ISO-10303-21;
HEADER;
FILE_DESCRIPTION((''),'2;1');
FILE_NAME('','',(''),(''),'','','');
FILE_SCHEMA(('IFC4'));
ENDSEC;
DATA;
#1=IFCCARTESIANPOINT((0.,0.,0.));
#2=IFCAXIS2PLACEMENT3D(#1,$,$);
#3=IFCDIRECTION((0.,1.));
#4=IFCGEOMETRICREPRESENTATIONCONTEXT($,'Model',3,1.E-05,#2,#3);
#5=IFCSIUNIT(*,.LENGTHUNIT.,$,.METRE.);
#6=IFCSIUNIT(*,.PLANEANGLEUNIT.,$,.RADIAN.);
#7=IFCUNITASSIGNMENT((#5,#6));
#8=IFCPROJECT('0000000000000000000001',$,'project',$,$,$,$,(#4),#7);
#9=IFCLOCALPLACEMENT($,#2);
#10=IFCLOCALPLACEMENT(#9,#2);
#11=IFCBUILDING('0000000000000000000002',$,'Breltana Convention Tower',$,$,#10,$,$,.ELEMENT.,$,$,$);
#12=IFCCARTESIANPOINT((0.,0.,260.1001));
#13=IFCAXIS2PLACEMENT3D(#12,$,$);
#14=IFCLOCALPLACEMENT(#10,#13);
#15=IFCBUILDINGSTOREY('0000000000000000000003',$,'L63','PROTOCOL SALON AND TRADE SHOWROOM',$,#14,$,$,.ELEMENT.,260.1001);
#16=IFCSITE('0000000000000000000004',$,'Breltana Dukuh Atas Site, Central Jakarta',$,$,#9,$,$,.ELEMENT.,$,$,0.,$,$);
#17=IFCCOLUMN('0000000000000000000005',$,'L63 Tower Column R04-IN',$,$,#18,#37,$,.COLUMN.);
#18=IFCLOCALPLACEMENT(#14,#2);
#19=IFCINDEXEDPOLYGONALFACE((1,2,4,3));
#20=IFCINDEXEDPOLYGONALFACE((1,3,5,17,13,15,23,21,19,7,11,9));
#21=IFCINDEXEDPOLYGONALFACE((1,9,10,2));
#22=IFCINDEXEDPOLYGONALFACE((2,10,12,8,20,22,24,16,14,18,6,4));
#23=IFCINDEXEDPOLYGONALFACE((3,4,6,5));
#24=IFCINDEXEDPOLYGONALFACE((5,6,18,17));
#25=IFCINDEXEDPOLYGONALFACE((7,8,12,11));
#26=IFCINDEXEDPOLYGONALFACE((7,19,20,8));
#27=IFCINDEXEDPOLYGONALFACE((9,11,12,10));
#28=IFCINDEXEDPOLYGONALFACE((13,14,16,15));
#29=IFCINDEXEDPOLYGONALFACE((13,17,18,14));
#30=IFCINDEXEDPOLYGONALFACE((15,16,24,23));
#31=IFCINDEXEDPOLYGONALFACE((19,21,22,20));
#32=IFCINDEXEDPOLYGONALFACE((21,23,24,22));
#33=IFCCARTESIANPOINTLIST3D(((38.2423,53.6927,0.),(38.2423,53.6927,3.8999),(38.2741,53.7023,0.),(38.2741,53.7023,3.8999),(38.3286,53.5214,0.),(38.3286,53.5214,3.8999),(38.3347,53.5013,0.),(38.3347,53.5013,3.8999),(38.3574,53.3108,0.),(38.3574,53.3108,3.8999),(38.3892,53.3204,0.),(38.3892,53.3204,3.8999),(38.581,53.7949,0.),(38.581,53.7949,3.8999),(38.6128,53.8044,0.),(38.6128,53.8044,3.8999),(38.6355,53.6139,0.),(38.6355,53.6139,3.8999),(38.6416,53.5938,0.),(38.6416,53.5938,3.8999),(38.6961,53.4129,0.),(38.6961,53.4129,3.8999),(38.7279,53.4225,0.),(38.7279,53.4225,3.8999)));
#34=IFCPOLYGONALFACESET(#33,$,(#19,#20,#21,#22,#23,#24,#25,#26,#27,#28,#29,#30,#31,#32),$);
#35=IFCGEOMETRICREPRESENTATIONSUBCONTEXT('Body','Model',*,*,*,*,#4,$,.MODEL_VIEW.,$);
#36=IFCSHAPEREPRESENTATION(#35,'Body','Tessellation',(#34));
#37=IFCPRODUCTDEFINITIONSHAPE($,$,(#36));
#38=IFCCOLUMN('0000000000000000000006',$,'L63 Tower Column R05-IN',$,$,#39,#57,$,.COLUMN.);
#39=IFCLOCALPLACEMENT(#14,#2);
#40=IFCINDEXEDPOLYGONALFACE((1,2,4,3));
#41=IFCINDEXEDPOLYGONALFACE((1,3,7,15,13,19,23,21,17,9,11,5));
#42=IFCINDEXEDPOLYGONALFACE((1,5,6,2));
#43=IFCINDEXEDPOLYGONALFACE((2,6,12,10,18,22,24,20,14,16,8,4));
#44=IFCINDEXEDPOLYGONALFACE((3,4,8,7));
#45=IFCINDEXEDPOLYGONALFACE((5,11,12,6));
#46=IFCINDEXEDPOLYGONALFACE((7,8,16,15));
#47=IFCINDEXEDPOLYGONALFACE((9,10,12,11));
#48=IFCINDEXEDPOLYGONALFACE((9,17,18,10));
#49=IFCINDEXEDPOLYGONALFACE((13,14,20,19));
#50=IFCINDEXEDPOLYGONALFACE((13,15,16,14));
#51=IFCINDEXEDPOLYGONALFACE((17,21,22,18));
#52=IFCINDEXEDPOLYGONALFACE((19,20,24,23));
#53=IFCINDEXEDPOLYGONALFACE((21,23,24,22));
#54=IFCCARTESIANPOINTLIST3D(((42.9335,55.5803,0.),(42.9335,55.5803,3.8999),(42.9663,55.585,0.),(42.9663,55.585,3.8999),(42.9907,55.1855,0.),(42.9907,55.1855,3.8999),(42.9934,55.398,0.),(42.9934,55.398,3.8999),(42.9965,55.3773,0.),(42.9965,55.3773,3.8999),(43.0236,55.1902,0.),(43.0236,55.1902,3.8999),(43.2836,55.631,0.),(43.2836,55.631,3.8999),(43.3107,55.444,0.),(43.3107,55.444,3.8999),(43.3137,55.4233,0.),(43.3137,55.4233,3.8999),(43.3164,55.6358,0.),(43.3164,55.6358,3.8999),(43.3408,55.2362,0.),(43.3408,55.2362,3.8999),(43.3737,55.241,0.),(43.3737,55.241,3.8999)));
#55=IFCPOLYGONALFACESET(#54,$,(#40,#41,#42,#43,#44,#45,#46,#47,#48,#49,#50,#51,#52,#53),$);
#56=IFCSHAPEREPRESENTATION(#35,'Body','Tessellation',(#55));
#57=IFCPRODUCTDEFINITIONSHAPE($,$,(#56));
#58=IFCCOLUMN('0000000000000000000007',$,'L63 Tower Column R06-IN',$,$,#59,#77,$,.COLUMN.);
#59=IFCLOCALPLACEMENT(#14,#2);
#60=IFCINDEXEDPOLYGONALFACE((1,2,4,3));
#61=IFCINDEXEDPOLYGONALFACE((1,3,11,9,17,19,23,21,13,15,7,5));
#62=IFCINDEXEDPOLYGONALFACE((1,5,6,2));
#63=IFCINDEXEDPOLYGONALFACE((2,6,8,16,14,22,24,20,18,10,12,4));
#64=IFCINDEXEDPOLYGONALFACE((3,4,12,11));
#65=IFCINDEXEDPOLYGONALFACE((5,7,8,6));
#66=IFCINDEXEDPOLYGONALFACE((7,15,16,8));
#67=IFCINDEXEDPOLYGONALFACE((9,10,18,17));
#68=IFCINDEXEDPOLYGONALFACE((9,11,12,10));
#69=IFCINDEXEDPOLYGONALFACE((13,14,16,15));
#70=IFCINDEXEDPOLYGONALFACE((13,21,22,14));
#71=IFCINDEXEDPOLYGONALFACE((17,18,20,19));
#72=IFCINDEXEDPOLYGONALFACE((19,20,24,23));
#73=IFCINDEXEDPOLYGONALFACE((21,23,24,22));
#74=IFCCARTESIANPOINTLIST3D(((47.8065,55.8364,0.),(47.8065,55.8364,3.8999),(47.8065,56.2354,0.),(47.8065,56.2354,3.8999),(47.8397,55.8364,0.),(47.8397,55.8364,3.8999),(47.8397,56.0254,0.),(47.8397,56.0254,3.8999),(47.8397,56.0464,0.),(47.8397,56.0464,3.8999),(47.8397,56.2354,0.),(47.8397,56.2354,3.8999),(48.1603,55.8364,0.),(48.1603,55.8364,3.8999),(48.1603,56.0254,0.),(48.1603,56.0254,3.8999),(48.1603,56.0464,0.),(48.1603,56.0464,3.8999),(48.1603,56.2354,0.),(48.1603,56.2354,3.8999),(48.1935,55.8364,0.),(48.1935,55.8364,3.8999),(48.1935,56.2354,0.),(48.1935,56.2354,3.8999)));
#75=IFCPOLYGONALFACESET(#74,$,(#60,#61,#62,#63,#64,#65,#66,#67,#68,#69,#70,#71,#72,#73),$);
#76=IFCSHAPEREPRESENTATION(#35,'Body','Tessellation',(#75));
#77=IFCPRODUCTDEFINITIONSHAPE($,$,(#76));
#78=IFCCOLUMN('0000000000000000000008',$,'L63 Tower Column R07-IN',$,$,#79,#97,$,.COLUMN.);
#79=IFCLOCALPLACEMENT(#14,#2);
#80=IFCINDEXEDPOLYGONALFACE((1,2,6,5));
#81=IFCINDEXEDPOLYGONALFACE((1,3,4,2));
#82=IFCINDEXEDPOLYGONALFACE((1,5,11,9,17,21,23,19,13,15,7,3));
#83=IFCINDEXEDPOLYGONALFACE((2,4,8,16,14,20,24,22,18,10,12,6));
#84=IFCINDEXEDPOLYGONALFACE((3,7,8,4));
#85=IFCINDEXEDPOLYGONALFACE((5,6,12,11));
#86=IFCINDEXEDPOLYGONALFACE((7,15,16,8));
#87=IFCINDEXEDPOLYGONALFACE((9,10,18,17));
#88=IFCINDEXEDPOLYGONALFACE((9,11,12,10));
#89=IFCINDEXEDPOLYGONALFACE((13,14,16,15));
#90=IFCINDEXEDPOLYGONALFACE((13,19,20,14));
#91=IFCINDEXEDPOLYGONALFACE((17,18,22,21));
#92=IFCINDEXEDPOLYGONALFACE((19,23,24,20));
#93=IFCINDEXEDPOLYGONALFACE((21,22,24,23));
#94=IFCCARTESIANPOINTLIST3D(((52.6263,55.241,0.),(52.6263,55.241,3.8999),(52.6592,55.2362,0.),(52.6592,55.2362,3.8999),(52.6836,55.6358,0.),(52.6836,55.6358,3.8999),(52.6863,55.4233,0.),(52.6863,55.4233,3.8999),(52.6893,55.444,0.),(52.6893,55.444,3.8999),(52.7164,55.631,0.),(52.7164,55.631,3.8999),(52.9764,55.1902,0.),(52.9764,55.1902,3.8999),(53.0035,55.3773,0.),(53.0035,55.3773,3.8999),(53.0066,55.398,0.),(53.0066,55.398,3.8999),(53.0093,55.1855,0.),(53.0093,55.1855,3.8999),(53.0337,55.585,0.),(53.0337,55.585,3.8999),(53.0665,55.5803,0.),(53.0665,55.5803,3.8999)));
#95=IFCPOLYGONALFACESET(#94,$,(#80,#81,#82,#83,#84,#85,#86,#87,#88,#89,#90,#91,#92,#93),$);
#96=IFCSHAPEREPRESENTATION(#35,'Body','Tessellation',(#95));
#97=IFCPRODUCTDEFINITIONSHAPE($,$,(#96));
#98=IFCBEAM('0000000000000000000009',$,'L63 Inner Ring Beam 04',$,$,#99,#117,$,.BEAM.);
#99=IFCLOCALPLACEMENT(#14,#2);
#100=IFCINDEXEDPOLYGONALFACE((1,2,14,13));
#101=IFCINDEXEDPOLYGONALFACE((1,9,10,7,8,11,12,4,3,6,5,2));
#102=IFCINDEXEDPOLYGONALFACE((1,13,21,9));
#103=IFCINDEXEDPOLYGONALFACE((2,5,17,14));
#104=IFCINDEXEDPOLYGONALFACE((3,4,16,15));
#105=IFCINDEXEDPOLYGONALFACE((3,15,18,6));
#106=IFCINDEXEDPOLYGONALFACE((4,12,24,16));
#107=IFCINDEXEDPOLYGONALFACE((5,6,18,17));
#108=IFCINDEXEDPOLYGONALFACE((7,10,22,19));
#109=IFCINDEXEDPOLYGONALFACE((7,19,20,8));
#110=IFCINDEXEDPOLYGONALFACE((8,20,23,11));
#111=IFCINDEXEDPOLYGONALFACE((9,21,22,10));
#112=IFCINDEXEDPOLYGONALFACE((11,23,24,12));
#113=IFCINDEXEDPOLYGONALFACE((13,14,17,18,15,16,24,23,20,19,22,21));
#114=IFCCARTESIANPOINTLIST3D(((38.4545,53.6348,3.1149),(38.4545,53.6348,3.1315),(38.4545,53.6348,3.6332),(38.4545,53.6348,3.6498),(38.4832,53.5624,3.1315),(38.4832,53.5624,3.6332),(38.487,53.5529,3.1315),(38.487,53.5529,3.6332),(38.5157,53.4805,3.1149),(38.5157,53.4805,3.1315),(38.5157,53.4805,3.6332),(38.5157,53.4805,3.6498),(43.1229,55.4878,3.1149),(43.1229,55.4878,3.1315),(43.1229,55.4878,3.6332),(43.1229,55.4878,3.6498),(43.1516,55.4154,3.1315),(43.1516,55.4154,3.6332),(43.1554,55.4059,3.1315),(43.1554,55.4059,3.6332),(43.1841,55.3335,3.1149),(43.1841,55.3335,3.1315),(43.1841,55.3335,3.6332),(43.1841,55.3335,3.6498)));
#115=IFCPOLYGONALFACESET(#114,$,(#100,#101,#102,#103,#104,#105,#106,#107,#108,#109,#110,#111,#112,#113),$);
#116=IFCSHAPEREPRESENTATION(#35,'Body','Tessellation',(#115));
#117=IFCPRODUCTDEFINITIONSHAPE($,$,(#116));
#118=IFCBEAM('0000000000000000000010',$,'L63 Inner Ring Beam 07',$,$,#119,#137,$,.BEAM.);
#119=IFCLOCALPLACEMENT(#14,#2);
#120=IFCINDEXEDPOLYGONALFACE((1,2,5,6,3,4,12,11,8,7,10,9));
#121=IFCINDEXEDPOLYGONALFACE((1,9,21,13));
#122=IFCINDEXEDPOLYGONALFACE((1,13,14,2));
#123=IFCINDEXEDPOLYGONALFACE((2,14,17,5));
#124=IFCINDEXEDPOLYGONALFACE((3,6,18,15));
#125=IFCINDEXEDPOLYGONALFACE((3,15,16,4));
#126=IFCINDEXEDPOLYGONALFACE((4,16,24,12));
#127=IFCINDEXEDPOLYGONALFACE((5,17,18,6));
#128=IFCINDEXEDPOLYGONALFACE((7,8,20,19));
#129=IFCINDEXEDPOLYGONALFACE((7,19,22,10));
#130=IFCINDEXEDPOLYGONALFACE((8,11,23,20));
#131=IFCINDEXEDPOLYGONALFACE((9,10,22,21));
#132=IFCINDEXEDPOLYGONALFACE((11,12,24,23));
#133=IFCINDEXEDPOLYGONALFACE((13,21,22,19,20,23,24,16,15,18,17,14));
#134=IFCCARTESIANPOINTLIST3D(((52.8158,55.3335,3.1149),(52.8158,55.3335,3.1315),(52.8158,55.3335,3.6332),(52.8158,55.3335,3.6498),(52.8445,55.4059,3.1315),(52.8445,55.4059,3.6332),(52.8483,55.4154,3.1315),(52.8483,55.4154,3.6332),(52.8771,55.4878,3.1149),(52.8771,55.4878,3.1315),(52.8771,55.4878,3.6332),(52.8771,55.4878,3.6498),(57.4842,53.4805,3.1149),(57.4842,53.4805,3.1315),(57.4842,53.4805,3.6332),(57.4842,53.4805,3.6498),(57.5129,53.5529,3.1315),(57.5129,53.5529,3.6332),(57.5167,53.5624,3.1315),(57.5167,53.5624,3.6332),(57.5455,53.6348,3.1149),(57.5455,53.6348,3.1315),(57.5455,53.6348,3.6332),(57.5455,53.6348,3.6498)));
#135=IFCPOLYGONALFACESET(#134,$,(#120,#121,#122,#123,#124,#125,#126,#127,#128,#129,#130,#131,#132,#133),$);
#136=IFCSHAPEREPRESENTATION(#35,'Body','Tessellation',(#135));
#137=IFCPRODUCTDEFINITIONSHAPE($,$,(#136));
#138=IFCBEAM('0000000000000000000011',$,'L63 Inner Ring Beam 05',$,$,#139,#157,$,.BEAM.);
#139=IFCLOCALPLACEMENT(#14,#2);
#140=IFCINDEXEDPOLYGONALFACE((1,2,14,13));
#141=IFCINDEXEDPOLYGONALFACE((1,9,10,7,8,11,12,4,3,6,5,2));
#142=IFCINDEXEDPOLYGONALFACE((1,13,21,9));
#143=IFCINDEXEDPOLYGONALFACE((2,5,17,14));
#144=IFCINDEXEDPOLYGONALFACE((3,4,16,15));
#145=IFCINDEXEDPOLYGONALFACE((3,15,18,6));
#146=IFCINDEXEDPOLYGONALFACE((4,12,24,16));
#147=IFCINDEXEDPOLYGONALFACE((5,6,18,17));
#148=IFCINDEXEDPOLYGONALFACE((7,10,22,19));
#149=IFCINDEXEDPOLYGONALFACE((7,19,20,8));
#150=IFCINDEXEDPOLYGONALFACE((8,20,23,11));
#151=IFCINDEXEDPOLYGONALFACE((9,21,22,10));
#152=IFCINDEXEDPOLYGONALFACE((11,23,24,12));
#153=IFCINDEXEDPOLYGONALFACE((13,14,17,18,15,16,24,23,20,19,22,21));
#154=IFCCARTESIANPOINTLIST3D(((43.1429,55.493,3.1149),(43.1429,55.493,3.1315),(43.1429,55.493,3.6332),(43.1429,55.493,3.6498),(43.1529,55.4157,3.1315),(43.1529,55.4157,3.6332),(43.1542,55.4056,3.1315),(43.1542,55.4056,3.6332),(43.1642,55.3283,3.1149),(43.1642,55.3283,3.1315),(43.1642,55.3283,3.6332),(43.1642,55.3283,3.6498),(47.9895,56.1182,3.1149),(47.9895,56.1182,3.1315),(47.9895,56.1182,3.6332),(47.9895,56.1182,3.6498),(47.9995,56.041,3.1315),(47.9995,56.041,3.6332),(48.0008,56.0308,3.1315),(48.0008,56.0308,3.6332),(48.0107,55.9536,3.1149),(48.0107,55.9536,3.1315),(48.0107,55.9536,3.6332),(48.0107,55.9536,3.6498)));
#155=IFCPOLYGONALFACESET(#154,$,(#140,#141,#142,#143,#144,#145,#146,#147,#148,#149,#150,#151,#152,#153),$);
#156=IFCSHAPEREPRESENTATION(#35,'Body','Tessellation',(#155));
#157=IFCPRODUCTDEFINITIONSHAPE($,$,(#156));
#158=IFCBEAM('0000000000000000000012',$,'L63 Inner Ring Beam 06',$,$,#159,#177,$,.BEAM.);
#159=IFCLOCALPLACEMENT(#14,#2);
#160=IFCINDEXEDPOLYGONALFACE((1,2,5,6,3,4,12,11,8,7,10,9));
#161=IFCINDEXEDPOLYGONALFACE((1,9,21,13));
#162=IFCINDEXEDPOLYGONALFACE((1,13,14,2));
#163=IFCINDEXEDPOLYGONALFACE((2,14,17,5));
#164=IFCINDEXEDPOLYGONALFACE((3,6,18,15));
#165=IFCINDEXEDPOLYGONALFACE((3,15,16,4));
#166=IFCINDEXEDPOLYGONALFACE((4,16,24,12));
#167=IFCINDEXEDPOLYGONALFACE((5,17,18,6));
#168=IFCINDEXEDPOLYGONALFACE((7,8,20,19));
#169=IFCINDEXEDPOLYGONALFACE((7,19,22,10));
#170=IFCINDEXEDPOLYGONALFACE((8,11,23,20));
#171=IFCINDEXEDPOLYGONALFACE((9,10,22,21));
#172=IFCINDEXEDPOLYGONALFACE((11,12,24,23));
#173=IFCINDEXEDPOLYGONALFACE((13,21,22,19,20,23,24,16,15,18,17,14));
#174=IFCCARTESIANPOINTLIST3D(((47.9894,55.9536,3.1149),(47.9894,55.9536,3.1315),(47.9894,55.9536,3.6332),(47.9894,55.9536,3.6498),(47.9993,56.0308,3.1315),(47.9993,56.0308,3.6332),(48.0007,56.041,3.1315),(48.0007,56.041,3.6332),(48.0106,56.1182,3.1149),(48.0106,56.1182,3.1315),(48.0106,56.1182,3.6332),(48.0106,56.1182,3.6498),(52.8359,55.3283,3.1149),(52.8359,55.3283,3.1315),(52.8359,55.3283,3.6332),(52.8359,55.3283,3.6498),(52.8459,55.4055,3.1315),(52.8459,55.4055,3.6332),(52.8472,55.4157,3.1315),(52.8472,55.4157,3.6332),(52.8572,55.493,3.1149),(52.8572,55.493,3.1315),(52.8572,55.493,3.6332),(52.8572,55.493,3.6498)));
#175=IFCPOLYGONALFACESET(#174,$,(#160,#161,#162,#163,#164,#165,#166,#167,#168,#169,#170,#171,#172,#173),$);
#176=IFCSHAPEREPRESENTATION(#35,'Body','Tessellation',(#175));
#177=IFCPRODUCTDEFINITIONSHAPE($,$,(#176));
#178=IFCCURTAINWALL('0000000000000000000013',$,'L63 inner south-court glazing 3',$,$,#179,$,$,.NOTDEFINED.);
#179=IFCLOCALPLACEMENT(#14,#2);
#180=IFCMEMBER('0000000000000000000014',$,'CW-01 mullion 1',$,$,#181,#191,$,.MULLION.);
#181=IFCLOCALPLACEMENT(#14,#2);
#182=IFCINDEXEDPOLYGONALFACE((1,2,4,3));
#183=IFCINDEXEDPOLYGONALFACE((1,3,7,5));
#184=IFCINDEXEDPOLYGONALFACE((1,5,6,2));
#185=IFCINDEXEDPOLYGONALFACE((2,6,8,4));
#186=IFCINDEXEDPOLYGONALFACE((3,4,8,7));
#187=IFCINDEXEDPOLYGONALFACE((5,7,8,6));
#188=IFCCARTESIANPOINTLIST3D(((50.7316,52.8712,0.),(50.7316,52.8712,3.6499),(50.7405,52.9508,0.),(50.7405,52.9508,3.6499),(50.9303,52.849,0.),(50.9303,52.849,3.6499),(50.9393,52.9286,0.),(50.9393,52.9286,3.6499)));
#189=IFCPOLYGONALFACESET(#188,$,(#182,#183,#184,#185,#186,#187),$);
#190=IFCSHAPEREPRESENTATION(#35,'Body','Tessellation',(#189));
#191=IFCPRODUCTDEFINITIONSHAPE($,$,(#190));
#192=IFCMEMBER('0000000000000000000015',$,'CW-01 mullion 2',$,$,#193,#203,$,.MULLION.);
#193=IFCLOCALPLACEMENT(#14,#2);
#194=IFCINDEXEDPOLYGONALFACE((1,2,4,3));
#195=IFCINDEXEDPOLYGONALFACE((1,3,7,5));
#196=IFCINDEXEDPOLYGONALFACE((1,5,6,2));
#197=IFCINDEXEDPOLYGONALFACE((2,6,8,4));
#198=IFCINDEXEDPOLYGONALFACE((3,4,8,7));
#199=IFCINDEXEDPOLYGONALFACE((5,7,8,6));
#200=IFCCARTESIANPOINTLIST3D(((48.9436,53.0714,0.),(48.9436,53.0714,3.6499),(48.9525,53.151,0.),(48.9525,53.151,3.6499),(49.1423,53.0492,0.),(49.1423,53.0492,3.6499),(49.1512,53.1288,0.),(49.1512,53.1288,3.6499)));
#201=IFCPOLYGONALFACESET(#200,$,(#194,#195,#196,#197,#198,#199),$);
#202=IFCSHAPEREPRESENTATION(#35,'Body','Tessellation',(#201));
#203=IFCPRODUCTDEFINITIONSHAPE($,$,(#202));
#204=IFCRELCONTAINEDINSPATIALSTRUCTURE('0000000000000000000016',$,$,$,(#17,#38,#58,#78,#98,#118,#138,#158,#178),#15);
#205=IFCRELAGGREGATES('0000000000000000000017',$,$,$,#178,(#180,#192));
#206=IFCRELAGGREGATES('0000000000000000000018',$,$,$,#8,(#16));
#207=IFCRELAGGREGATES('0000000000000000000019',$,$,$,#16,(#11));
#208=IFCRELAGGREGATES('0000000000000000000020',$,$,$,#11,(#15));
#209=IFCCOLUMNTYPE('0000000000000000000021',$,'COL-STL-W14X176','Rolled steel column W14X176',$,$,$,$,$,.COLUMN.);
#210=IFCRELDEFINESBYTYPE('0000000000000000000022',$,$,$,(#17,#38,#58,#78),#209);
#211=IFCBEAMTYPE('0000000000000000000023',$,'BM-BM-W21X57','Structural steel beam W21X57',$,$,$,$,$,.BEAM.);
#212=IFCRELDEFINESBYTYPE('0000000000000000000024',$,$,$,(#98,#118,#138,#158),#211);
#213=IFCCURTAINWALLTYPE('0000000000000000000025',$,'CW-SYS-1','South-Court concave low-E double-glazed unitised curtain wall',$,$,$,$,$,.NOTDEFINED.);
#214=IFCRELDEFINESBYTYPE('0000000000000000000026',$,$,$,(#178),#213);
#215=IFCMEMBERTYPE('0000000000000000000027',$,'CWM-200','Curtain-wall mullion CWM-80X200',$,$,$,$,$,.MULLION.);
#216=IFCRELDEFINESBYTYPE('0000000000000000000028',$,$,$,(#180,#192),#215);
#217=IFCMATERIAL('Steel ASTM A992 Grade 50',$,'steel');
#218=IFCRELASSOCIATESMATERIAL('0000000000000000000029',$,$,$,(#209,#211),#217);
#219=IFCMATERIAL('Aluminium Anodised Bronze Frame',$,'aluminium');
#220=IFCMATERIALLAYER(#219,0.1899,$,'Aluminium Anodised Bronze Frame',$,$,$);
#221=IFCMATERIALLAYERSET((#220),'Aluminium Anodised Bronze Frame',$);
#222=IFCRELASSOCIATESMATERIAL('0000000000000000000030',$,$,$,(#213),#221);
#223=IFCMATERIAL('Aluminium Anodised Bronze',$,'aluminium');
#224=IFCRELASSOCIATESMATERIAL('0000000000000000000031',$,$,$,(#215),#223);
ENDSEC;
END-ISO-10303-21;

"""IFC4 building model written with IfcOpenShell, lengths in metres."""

from ifc_helpers import new_model, si_unit, direction, frame, origin, origin_2d, place, context, subcontext, project, spatial, rectangle, i_section, extrude, source, transform, mapped, material, layer, layer_set, material_profile, profile_set, type_object, type_shapes, element, aggregate, save


model = new_model("IFC4")

# Units and contexts
model_context = context("Model", 3, precision=1e-05, world=origin(), true_north=direction((0.0, 1.0)))
body_context = subcontext(model_context, "Body", "Model", "MODEL_VIEW")
ifc_project = project(units=[si_unit("LENGTHUNIT", "METRE"), si_unit("PLANEANGLEUNIT", "RADIAN")], contexts=[model_context])

# Site, building, storey
site_placement = place(None, origin())
site = spatial("IfcSite", under=ifc_project, at=site_placement, Name="Breltana Dukuh Atas Site, Central Jakarta", CompositionType="ELEMENT", RefElevation=0.0)
building_placement = place(site_placement, origin())
building = spatial("IfcBuilding", under=site, at=building_placement, Name="Breltana Convention Tower", CompositionType="ELEMENT")
storey_placement = place(building_placement, frame((0.0, 0.0, 260.1001)))
storey = spatial("IfcBuildingStorey", under=building, at=storey_placement, Name="L63", Description="PROTOCOL SALON AND TRADE SHOWROOM", CompositionType="ELEMENT", Elevation=260.1001)

# Columns
ifc_material_1 = material(Name="Steel ASTM A992 Grade 50", Category="steel")
ifc_material_profile_1 = material_profile(ifc_material_1, i_section(OverallWidth=0.3989, OverallDepth=0.387, WebThickness=0.021, FlangeThickness=0.0332, at=origin_2d()), Name="W14X176")
ifc_profile_set_1 = profile_set([ifc_material_profile_1], Name="Steel ASTM A992 Grade 50")
column_type = type_object("IfcColumnType", Name="COL-STL-W14X176", Description="Rolled steel column W14X176", PredefinedType="COLUMN", material=ifc_profile_set_1)
shared_shape_1 = source(origin(), body_context, "Body", "SweptSolid", [
    extrude(i_section(OverallWidth=0.3989, OverallDepth=0.387, WebThickness=0.021, FlangeThickness=0.0332, at=origin_2d()), origin(), (0.0, 0.0, 1.0), 3.8999),
])
type_shapes(column_type, [shared_shape_1])
for number, where, z_axis, x_axis, name in (
    (1, (38.4851, 53.5576, 0.0), (0.0, 0.0, 1.0), (-0.288698, 0.95742, 0.0), "L63 Tower Column R04-IN"),
    (2, (43.1536, 55.4106, 0.0), (0.0, 0.0, 1.0), (-0.143493, 0.989651, 0.0), "L63 Tower Column R05-IN"),
    (3, (48.0, 56.0359, 0.0), (0.0, 0.0, 1.0), (0.0, 1.0, 0.0), "L63 Tower Column R06-IN"),
    (4, (52.8464, 55.4106, 0.0), (0.0, 0.0, 1.0), (0.143493, 0.989651, 0.0), "L63 Tower Column R07-IN"),
):
    element("IfcColumn", number, at=place(storey_placement, frame(where, z_axis=z_axis, x_axis=x_axis)), inside=storey, type_object=column_type, Name=name, PredefinedType="COLUMN", context=body_context, shape_type="MappedRepresentation", body=[
        mapped(shared_shape_1, transform((0.0, 0.0, 0.0), scale=1.0)),
    ])

# Beams
ifc_material_profile_2 = material_profile(ifc_material_1, i_section(OverallWidth=0.166, OverallDepth=0.5349, WebThickness=0.0103, FlangeThickness=0.0166, at=origin_2d()), Name="W21X57")
ifc_profile_set_2 = profile_set([ifc_material_profile_2], Name="Steel ASTM A992 Grade 50")
beam_type = type_object("IfcBeamType", Name="BM-BM-W21X57", Description="Structural steel beam W21X57", PredefinedType="BEAM", material=ifc_profile_set_2)
shared_shape_2 = source(origin(), body_context, "Body", "SweptSolid", [
    extrude(i_section(OverallWidth=0.166, OverallDepth=0.5349, WebThickness=0.0103, FlangeThickness=0.0166, at=origin_2d()), origin(), (0.0, 0.0, 1.0), 5.0227),
])
for number, where, z_axis, x_axis, name in (
    (5, (38.4851, 53.5576, 3.3823), (0.929459, 0.368926, 0.0), (-0.368926, 0.929459, 0.0), "L63 Inner Ring Beam 04"),
    (6, (52.8464, 55.4106, 3.3823), (0.929459, -0.368926, 0.0), (0.368926, 0.929459, 0.0), "L63 Inner Ring Beam 07"),
):
    element("IfcBeam", number, at=place(storey_placement, frame(where, z_axis=z_axis, x_axis=x_axis)), inside=storey, type_object=beam_type, Name=name, PredefinedType="BEAM", context=body_context, shape_type="MappedRepresentation", body=[
        mapped(shared_shape_2, transform((0.0, 0.0, 0.0), scale=1.0)),
    ])
shared_shape_3 = source(origin(), body_context, "Body", "SweptSolid", [
    extrude(i_section(OverallWidth=0.166, OverallDepth=0.5349, WebThickness=0.0103, FlangeThickness=0.0166, at=origin_2d()), origin(), (0.0, 0.0, 1.0), 4.8867),
])
for number, where, z_axis, x_axis, name in (
    (7, (43.1536, 55.4106, 3.3823), (0.991781, 0.127951, 0.0), (-0.127951, 0.991781, 0.0), "L63 Inner Ring Beam 05"),
    (8, (48.0, 56.0359, 3.3823), (0.991781, -0.127951, 0.0), (0.127951, 0.991781, 0.0), "L63 Inner Ring Beam 06"),
):
    element("IfcBeam", number, at=place(storey_placement, frame(where, z_axis=z_axis, x_axis=x_axis)), inside=storey, type_object=beam_type, Name=name, PredefinedType="BEAM", context=body_context, shape_type="MappedRepresentation", body=[
        mapped(shared_shape_3, transform((0.0, 0.0, 0.0), scale=1.0)),
    ])

# Curtain wall, members
ifc_material_2 = material(Name="Aluminium Anodised Bronze Frame", Category="aluminium")
ifc_layer_1 = layer(ifc_material_2, 0.1899, Name="Aluminium Anodised Bronze Frame")
ifc_layer_set_1 = layer_set([ifc_layer_1], Name="Aluminium Anodised Bronze Frame")
curtain_wall_type = type_object("IfcCurtainWallType", Name="CW-SYS-1", Description="South-Court concave low-E double-glazed unitised curtain wall", PredefinedType="NOTDEFINED", material=ifc_layer_set_1)
curtain_wall_1_placement = place(storey_placement, origin())
curtain_wall_1 = element("IfcCurtainWall", 9, at=curtain_wall_1_placement, inside=storey, type_object=curtain_wall_type, Name="L63 inner south-court glazing 3", PredefinedType="NOTDEFINED")
ifc_material_3 = material(Name="Aluminium Anodised Bronze", Category="aluminium")
ifc_material_profile_3 = material_profile(ifc_material_3, rectangle(XDim=0.0801, YDim=0.2, at=origin_2d()), Name="CWM-80X200")
ifc_profile_set_3 = profile_set([ifc_material_profile_3], Name="Aluminium Anodised Bronze")
member_type_1 = type_object("IfcMemberType", Name="CWM-200", Description="Curtain-wall mullion CWM-80X200", PredefinedType="MULLION", material=ifc_profile_set_3)
shared_shape_4 = source(origin(), body_context, "Body", "SweptSolid", [
    extrude(rectangle(XDim=0.0801, YDim=0.2, at=origin_2d()), origin(), (0.0, 0.0, 1.0), 3.6499),
])
member_1_placement = place(storey_placement, frame((50.8354, 52.8999, 0.0), z_axis=(0.0, 0.0, 1.0), x_axis=(-0.111261, -0.993791, 0.0)))
member_1 = element("IfcMember", 10, at=member_1_placement, type_object=member_type_1, Name="CW-01 mullion 1", PredefinedType="MULLION", context=body_context, shape_type="MappedRepresentation", body=[
    mapped(shared_shape_4, transform((0.0, 0.0, 0.0), scale=1.0)),
])
member_2_placement = place(storey_placement, frame((49.0474, 53.1001, 0.0), z_axis=(0.0, 0.0, 1.0), x_axis=(-0.111261, -0.993791, 0.0)))
member_2 = element("IfcMember", 11, at=member_2_placement, type_object=member_type_1, Name="CW-01 mullion 2", PredefinedType="MULLION", context=body_context, shape_type="MappedRepresentation", body=[
    mapped(shared_shape_4, transform((0.0, 0.0, 0.0), scale=1.0)),
])

aggregate(curtain_wall_1, [member_1, member_2])

save(model, "model.ifc")
